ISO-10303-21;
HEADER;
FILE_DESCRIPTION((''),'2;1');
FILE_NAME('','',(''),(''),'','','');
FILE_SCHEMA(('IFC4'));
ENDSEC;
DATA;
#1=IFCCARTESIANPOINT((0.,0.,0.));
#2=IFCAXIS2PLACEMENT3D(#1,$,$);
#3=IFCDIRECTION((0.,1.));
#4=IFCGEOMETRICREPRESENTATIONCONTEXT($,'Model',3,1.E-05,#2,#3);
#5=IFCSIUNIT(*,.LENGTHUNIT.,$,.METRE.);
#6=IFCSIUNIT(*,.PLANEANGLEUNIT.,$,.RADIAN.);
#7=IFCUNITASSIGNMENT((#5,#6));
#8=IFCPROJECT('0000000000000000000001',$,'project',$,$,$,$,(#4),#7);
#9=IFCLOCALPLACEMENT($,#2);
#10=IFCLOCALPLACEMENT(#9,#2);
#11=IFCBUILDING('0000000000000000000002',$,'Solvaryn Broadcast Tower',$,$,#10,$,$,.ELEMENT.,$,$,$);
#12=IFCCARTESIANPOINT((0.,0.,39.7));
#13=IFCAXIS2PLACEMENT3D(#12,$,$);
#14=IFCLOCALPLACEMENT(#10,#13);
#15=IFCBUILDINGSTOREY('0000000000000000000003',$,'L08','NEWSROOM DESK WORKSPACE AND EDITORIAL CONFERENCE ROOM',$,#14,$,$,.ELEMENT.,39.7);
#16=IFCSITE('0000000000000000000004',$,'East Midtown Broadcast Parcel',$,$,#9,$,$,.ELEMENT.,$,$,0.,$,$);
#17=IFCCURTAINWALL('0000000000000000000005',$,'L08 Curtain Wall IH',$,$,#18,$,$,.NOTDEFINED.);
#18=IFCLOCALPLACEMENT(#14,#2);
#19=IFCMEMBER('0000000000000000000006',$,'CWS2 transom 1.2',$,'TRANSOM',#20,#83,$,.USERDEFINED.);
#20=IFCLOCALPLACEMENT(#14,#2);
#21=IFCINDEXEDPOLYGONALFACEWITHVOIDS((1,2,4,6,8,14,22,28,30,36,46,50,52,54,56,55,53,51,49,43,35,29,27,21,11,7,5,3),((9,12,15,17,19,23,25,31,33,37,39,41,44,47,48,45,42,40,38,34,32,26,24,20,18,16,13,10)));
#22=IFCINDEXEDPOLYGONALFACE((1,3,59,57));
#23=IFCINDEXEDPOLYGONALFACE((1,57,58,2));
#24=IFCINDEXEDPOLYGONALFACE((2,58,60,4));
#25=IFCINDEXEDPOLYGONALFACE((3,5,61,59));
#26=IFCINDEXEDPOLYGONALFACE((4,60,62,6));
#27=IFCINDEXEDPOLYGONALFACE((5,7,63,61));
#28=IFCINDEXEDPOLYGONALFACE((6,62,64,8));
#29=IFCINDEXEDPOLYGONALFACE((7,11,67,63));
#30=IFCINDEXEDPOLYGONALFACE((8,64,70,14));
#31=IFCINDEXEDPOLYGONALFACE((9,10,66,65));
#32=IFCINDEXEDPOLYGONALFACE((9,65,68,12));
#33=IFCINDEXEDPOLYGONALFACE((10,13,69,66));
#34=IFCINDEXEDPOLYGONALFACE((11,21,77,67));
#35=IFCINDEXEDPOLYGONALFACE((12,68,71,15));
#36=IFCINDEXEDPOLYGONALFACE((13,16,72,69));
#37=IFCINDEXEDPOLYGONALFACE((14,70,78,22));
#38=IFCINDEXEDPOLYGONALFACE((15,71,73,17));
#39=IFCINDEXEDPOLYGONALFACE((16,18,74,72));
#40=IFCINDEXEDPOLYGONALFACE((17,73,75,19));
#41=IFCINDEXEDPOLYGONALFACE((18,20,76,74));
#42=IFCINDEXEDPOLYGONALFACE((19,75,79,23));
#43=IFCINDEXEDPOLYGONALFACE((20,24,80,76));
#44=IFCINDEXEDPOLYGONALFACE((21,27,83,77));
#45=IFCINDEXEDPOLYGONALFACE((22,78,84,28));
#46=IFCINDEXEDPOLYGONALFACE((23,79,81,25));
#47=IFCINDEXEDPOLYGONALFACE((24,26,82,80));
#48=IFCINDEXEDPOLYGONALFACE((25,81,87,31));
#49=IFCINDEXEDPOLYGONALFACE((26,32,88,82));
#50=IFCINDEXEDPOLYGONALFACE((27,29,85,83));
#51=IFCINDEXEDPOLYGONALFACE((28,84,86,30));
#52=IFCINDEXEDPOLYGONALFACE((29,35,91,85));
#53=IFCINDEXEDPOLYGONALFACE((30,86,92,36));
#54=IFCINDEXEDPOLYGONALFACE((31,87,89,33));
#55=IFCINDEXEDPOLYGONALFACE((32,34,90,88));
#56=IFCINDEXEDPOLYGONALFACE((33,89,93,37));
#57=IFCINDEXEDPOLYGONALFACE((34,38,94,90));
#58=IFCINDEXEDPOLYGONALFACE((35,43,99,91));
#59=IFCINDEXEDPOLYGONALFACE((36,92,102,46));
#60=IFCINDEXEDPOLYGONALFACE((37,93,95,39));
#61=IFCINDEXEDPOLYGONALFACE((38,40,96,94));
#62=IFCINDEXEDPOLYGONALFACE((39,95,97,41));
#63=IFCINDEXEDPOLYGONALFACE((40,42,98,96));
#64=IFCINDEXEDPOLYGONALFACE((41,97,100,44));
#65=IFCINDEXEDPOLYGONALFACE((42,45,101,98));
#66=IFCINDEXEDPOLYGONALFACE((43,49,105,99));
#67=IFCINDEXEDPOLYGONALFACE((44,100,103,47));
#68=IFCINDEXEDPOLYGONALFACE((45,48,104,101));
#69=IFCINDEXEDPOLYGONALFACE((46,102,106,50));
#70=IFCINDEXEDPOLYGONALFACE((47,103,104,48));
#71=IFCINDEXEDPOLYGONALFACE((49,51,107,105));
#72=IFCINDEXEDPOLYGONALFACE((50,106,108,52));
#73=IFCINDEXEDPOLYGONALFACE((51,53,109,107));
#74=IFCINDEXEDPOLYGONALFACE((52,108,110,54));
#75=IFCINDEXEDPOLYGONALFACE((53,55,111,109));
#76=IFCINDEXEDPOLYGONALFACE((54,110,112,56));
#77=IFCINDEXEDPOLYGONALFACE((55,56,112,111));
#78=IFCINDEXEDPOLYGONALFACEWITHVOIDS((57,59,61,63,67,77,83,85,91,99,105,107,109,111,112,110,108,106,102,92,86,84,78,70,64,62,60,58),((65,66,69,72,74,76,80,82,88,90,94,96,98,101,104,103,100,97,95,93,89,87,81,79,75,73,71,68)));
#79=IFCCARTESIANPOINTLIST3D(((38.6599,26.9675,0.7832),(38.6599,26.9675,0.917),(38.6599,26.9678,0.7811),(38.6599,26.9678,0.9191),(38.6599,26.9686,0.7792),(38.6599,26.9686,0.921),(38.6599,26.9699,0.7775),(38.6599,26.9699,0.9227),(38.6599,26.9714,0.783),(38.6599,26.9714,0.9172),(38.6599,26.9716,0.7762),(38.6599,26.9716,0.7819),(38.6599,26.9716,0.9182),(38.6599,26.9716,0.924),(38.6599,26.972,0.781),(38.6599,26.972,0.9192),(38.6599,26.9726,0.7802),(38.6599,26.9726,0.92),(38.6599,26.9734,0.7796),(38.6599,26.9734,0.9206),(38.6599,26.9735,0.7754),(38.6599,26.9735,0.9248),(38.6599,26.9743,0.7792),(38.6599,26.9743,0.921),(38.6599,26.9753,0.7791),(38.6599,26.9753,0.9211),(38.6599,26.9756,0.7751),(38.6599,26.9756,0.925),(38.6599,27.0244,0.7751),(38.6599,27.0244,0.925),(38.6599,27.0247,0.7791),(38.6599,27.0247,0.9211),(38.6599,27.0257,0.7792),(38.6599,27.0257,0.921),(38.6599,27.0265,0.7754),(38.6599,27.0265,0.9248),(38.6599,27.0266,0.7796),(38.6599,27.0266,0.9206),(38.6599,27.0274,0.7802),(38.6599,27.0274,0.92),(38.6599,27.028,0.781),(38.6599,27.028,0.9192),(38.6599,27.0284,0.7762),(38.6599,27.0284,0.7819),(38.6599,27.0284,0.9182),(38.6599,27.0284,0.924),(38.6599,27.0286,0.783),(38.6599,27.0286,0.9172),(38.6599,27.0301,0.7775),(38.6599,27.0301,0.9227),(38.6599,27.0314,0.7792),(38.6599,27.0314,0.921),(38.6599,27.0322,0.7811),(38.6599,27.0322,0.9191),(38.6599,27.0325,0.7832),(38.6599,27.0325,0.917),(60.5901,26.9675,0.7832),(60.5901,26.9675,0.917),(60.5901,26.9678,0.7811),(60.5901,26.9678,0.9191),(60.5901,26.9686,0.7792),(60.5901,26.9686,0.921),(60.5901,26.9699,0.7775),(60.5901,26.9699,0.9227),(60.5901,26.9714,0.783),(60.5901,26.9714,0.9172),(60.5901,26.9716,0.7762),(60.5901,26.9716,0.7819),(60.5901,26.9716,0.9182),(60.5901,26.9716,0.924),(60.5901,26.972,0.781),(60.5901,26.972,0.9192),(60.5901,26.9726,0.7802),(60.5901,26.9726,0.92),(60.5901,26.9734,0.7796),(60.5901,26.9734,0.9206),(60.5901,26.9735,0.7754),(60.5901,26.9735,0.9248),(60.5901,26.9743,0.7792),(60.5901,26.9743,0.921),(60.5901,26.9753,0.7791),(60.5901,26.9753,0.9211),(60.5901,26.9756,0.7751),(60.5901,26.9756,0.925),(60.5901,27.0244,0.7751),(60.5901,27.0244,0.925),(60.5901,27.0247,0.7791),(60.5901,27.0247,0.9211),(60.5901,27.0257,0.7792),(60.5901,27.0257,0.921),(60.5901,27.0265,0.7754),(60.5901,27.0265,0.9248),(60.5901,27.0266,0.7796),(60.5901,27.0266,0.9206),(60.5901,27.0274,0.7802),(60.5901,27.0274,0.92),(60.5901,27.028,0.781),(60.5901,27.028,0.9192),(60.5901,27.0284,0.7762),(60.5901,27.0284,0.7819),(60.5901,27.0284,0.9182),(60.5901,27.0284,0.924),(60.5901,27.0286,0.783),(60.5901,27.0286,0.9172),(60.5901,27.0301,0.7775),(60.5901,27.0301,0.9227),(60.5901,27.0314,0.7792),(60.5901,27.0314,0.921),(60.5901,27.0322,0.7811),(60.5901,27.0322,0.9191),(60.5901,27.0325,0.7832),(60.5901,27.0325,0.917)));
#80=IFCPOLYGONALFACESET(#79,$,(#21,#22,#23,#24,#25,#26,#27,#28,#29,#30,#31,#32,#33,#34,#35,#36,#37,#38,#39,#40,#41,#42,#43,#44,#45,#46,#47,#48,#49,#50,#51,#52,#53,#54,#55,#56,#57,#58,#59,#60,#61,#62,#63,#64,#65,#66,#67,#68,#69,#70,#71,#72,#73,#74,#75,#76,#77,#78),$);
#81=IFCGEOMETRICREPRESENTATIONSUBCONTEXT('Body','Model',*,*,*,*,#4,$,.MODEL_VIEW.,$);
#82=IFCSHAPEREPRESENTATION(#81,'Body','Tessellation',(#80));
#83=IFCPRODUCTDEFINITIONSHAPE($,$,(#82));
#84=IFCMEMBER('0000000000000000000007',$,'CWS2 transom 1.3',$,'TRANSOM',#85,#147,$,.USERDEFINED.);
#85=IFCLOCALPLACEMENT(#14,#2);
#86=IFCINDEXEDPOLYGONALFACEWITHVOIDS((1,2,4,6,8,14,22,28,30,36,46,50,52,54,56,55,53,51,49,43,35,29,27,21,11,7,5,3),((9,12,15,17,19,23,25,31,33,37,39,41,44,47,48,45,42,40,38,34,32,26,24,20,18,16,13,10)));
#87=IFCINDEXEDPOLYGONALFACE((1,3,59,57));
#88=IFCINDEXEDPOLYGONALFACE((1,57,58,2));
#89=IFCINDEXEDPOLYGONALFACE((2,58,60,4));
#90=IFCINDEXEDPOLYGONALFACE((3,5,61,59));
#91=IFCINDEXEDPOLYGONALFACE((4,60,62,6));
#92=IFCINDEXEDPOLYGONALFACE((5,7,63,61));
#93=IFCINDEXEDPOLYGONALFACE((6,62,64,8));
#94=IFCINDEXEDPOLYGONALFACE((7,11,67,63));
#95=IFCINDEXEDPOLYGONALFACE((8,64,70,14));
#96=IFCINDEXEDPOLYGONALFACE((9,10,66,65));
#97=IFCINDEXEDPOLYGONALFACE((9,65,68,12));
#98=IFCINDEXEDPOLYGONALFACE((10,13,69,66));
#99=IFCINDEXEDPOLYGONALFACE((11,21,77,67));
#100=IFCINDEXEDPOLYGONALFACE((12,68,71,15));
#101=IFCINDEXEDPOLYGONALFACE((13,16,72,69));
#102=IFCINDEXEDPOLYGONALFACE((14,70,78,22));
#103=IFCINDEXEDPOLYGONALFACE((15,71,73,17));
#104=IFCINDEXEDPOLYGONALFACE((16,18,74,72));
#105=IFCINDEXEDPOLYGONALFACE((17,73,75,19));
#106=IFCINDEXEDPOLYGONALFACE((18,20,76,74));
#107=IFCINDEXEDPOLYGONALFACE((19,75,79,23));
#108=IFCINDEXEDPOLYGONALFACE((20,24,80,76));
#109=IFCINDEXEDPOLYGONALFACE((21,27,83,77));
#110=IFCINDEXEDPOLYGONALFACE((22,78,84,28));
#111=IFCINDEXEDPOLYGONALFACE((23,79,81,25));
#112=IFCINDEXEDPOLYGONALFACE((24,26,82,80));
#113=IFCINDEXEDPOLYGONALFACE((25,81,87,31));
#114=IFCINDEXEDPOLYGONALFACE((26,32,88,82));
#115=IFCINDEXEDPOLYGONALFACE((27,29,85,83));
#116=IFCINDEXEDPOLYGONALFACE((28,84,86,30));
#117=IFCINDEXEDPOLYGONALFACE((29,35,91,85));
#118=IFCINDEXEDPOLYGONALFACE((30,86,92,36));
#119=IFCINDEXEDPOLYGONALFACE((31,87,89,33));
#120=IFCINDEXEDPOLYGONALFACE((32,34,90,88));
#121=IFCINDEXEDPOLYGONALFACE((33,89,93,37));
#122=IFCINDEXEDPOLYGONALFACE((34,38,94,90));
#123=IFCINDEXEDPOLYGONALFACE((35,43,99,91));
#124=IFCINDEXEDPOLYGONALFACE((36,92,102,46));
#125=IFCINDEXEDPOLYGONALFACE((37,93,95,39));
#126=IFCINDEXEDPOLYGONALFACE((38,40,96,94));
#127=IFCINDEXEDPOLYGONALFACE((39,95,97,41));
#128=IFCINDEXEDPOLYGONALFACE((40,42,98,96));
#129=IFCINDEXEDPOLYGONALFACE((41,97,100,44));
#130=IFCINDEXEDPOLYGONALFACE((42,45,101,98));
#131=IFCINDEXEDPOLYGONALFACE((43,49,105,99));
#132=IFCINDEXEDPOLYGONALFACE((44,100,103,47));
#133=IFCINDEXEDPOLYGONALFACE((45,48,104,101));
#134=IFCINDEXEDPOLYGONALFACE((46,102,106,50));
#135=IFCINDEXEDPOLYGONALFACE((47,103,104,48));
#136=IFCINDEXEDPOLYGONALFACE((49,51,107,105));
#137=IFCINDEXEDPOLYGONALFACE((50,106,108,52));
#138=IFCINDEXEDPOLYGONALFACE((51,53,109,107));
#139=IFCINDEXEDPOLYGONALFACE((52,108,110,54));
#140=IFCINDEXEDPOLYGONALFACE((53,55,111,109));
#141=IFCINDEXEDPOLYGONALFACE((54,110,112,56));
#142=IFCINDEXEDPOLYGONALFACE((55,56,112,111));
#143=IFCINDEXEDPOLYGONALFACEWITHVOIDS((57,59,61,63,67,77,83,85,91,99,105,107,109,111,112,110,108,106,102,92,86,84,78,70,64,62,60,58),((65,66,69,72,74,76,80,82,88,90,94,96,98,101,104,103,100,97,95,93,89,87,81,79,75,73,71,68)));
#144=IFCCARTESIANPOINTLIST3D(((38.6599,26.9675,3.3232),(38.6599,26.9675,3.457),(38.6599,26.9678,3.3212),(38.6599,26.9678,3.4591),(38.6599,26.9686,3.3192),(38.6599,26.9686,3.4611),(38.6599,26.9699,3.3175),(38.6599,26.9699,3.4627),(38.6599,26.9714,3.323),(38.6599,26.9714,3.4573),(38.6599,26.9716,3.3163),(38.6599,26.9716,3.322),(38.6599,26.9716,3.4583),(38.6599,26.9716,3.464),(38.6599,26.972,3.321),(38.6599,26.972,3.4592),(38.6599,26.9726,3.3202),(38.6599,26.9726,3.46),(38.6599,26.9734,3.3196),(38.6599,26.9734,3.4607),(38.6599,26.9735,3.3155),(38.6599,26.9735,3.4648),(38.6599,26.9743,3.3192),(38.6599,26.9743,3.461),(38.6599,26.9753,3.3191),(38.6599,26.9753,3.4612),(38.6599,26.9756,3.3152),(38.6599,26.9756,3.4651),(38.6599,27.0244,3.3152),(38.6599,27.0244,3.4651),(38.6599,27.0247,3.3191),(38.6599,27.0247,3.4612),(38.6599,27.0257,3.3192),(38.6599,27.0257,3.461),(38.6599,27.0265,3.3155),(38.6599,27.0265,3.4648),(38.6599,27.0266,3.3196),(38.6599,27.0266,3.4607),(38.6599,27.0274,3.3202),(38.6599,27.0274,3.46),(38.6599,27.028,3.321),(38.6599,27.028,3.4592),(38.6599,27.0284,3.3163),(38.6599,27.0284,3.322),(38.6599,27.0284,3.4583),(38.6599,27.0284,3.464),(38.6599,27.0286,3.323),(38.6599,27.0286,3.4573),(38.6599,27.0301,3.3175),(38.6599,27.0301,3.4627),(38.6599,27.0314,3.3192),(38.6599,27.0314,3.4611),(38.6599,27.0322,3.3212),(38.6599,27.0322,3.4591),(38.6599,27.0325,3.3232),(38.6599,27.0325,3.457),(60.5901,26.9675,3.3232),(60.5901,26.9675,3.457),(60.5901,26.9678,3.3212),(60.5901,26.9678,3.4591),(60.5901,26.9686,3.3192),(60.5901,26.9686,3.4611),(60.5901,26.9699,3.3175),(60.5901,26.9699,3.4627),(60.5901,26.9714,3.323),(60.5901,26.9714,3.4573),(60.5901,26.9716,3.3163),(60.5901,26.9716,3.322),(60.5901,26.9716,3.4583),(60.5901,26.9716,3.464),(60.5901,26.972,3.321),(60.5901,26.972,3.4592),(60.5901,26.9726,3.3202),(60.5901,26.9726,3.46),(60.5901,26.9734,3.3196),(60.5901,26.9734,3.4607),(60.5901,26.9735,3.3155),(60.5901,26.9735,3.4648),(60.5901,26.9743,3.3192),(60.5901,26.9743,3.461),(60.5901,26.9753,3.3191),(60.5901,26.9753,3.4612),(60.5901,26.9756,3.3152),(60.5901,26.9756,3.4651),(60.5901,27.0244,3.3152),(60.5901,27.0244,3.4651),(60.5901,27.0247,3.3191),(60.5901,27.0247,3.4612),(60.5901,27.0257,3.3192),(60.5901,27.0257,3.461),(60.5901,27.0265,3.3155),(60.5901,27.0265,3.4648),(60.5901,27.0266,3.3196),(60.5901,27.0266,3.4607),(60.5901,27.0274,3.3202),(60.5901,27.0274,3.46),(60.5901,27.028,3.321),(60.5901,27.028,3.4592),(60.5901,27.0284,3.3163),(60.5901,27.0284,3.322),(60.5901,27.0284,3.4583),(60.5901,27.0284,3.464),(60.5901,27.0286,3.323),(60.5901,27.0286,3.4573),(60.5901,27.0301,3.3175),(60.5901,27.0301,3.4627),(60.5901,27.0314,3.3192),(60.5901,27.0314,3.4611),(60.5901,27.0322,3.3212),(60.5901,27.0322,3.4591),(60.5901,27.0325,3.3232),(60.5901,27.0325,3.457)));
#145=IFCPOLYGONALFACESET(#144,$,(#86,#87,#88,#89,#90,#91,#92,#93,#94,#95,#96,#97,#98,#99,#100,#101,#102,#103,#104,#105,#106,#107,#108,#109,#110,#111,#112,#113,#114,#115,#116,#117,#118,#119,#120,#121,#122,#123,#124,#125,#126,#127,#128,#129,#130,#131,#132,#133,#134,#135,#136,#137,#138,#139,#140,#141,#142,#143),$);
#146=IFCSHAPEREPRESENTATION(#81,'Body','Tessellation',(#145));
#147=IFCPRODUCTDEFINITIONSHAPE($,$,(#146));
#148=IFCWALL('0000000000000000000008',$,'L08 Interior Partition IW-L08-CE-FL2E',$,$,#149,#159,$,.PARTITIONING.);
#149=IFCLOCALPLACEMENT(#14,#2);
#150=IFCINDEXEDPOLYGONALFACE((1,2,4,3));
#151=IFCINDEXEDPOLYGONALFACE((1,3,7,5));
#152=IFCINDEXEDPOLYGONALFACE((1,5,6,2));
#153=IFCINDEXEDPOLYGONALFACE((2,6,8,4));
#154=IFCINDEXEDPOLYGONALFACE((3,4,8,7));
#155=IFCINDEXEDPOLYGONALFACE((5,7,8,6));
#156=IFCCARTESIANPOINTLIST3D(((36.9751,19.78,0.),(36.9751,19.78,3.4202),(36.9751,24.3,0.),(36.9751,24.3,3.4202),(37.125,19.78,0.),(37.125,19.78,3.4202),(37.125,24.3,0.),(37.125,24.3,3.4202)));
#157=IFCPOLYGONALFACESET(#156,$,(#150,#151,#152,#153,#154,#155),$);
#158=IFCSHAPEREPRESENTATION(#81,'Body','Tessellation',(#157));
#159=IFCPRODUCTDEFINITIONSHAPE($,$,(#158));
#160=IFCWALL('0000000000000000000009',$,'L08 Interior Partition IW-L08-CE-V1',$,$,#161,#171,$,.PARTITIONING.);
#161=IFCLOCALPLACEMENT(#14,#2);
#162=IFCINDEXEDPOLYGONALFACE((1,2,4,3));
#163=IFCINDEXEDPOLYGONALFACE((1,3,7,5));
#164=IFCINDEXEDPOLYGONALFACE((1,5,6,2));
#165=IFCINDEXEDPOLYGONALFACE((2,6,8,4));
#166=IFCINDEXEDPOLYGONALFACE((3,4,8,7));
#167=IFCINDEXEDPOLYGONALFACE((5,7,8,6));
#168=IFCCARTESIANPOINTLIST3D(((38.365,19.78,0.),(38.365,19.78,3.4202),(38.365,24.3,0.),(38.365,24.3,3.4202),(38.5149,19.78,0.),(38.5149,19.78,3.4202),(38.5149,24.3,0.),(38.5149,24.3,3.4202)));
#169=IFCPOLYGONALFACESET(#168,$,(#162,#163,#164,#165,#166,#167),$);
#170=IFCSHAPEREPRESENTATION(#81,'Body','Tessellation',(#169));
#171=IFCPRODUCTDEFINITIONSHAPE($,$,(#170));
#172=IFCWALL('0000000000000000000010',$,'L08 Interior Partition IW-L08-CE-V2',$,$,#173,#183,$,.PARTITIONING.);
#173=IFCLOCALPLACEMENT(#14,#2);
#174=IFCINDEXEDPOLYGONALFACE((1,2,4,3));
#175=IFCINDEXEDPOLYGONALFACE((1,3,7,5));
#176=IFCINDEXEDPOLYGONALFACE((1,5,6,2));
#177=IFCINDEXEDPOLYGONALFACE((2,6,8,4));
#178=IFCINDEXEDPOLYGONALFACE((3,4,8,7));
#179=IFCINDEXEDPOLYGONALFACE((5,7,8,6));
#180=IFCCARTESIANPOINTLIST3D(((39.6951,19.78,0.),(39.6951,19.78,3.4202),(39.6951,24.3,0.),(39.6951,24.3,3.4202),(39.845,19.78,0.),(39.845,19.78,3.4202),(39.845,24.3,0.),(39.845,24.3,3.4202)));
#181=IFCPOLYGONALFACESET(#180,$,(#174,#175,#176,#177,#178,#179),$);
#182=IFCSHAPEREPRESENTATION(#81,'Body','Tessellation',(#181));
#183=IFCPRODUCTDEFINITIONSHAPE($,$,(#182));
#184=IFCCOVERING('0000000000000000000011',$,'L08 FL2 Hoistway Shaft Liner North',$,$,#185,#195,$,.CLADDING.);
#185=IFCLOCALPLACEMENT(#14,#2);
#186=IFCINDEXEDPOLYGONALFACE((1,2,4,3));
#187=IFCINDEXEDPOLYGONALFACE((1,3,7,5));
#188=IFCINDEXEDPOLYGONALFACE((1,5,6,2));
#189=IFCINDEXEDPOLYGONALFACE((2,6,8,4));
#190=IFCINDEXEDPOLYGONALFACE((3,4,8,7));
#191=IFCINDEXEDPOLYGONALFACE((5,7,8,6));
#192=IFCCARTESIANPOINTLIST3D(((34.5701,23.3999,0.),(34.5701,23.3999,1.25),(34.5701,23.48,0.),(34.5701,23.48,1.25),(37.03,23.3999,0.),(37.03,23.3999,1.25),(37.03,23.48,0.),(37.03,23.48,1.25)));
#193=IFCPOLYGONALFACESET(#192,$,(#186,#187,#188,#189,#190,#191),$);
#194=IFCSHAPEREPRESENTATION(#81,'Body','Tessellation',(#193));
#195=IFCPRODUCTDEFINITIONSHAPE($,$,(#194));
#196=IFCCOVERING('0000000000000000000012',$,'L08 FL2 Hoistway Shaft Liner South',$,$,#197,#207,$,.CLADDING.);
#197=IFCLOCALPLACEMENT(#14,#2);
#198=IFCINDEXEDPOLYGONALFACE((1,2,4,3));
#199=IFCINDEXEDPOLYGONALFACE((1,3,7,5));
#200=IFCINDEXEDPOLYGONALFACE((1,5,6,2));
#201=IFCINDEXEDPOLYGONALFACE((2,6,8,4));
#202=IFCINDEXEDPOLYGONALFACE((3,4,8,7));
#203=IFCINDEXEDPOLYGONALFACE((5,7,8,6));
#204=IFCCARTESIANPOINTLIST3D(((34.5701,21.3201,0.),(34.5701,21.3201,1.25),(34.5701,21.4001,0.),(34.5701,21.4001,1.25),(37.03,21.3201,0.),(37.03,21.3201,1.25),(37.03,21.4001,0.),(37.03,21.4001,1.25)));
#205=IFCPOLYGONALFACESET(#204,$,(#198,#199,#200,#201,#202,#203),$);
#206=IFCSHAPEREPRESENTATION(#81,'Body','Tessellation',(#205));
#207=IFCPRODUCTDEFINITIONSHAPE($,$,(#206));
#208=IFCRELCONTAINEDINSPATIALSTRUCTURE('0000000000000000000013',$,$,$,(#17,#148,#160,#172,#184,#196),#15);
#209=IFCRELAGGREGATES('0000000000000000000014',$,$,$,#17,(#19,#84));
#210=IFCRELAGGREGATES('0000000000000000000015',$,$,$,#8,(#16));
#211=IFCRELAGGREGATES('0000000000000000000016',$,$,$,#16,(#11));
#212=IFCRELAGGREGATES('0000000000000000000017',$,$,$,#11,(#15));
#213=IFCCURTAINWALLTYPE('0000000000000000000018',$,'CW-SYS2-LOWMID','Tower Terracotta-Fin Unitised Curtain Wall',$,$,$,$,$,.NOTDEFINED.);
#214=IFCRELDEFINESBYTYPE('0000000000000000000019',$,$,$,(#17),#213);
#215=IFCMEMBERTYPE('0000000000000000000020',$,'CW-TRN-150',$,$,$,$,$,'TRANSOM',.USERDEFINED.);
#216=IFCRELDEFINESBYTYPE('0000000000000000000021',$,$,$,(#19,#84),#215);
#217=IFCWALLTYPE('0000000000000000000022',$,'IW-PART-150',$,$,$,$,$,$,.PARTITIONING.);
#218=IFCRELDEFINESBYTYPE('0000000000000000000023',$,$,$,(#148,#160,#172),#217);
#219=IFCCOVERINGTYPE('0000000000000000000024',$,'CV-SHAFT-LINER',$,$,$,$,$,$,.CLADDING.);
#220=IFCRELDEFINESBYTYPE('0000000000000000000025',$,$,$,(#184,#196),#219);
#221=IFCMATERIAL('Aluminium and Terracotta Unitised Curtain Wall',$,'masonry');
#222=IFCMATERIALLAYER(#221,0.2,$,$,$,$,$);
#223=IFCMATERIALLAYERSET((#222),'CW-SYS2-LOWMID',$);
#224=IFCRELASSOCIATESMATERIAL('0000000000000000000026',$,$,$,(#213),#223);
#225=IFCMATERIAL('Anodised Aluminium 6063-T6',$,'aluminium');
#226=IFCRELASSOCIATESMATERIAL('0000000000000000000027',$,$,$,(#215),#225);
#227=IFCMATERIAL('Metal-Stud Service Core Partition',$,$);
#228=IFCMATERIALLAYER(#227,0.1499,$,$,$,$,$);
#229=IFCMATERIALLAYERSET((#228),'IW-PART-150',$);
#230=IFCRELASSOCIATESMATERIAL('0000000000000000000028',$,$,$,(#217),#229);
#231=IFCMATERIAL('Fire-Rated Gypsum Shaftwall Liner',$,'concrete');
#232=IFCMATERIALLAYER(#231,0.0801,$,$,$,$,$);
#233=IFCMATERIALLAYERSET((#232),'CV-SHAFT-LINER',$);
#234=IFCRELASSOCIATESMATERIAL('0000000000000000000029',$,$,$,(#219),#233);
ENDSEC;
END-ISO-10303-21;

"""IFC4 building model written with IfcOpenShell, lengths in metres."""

from ifc_helpers import new_model, si_unit, direction, frame, frame_2d, origin, origin_2d, place, context, subcontext, project, spatial, rectangle, hollow_rectangle, extrude, material, layer, layer_set, material_profile, profile_set, type_object, element, aggregate, save


model = new_model("IFC4")

# Units and contexts
model_context = context("Model", 3, precision=1e-05, world=origin(), true_north=direction((0.0, 1.0)))
body_context = subcontext(model_context, "Body", "Model", "MODEL_VIEW")
ifc_project = project(units=[si_unit("LENGTHUNIT", "METRE"), si_unit("PLANEANGLEUNIT", "RADIAN")], contexts=[model_context])

# Site, building, storey
site_placement = place(None, origin())
site = spatial("IfcSite", under=ifc_project, at=site_placement, Name="East Midtown Broadcast Parcel", CompositionType="ELEMENT", RefElevation=0.0)
building_placement = place(site_placement, origin())
building = spatial("IfcBuilding", under=site, at=building_placement, Name="Solvaryn Broadcast Tower", CompositionType="ELEMENT")
storey_placement = place(building_placement, frame((0.0, 0.0, 39.7)))
storey = spatial("IfcBuildingStorey", under=building, at=storey_placement, Name="L08", Description="NEWSROOM DESK WORKSPACE AND EDITORIAL CONFERENCE ROOM", CompositionType="ELEMENT", Elevation=39.7)

# Curtain wall
ifc_material_1 = material(Name="Aluminium and Terracotta Unitised Curtain Wall", Category="masonry")
ifc_layer_1 = layer(ifc_material_1, 0.2)
ifc_layer_set_1 = layer_set([ifc_layer_1], Name="CW-SYS2-LOWMID")
curtain_wall_type = type_object("IfcCurtainWallType", Name="CW-SYS2-LOWMID", Description="Tower Terracotta-Fin Unitised Curtain Wall", PredefinedType="NOTDEFINED", material=ifc_layer_set_1)
curtain_wall_1_placement = place(storey_placement, origin())
curtain_wall_1 = element("IfcCurtainWall", 1, at=curtain_wall_1_placement, inside=storey, type_object=curtain_wall_type, Name="L08 Curtain Wall IH", PredefinedType="NOTDEFINED")

# Members
ifc_material_2 = material(Name="Anodised Aluminium 6063-T6", Category="aluminium")
ifc_material_profile_1 = material_profile(ifc_material_2, hollow_rectangle(XDim=0.0649, YDim=0.1499, WallThickness=0.0039, InnerFilletRadius=0.0039, OuterFilletRadius=0.0081, at=origin_2d()))
ifc_profile_set_1 = profile_set([ifc_material_profile_1], Name="Anodised Aluminium 6063-T6")
member_type_1 = type_object("IfcMemberType", Name="CW-TRN-150", ElementType="TRANSOM", PredefinedType="USERDEFINED", material=ifc_profile_set_1)
member_1_placement = place(storey_placement, frame((38.6599, 27.0, 0.8501), z_axis=(1.0, 0.0, 0.0), x_axis=(0.0, 1.0, 0.0)))
member_1 = element("IfcMember", 2, at=member_1_placement, type_object=member_type_1, Name="CWS2 transom 1.2", ObjectType="TRANSOM", PredefinedType="USERDEFINED", context=body_context, shape_type="SweptSolid", body=[
    extrude(hollow_rectangle(XDim=0.0649, YDim=0.1499, WallThickness=0.0039, InnerFilletRadius=0.0039, OuterFilletRadius=0.0081, at=origin_2d()), origin(), (0.0, 0.0, 1.0), 21.9302),
])
member_2_placement = place(storey_placement, frame((38.6599, 27.0, 3.3901), z_axis=(1.0, 0.0, 0.0), x_axis=(0.0, 1.0, 0.0)))
member_2 = element("IfcMember", 3, at=member_2_placement, type_object=member_type_1, Name="CWS2 transom 1.3", ObjectType="TRANSOM", PredefinedType="USERDEFINED", context=body_context, shape_type="SweptSolid", body=[
    extrude(hollow_rectangle(XDim=0.0649, YDim=0.1499, WallThickness=0.0039, InnerFilletRadius=0.0039, OuterFilletRadius=0.0081, at=origin_2d()), origin(), (0.0, 0.0, 1.0), 21.9302),
])
aggregate(curtain_wall_1, [member_1, member_2])

# Walls
ifc_material_3 = material(Name="Metal-Stud Service Core Partition")
ifc_layer_2 = layer(ifc_material_3, 0.1499)
ifc_layer_set_2 = layer_set([ifc_layer_2], Name="IW-PART-150")
wall_type_1 = type_object("IfcWallType", Name="IW-PART-150", PredefinedType="PARTITIONING", material=ifc_layer_set_2)
for number, where, z_axis, x_axis, name in (
    (4, (37.05, 19.78, 0.0), (0.0, 0.0, 1.0), (0.0, 1.0, 0.0), "L08 Interior Partition IW-L08-CE-FL2E"),
    (5, (38.4399, 19.78, 0.0), (0.0, 0.0, 1.0), (0.0, 1.0, 0.0), "L08 Interior Partition IW-L08-CE-V1"),
    (6, (39.77, 19.78, 0.0), (0.0, 0.0, 1.0), (0.0, 1.0, 0.0), "L08 Interior Partition IW-L08-CE-V2"),
):
    element("IfcWall", number, at=place(storey_placement, frame(where, z_axis=z_axis, x_axis=x_axis)), inside=storey, type_object=wall_type_1, Name=name, PredefinedType="PARTITIONING", context=body_context, shape_type="SweptSolid", body=[
        extrude(rectangle(XDim=4.52, YDim=0.1499, at=frame_2d((2.26, 0.0))), origin(), (0.0, 0.0, 1.0), 3.4202),
    ])

# Coverings
ifc_material_4 = material(Name="Fire-Rated Gypsum Shaftwall Liner", Category="concrete")
ifc_layer_3 = layer(ifc_material_4, 0.0801)
ifc_layer_set_3 = layer_set([ifc_layer_3], Name="CV-SHAFT-LINER")
covering_type_1 = type_object("IfcCoveringType", Name="CV-SHAFT-LINER", PredefinedType="CLADDING", material=ifc_layer_set_3)
for number, where, z_axis, x_axis, name in (
    (7, (35.8, 23.4399, 0.0), (0.0, 0.0, 1.0), (1.0, 0.0, 0.0), "L08 FL2 Hoistway Shaft Liner North"),
    (8, (35.8, 21.3601, 0.0), (0.0, 0.0, 1.0), (1.0, 0.0, 0.0), "L08 FL2 Hoistway Shaft Liner South"),
):
    element("IfcCovering", number, at=place(storey_placement, frame(where, z_axis=z_axis, x_axis=x_axis)), inside=storey, type_object=covering_type_1, Name=name, PredefinedType="CLADDING", context=body_context, shape_type="SweptSolid", body=[
        extrude(rectangle(XDim=2.46, YDim=0.0801, at=origin_2d()), origin(), (0.0, 0.0, 1.0), 1.25),
    ])

save(model, "model.ifc")
